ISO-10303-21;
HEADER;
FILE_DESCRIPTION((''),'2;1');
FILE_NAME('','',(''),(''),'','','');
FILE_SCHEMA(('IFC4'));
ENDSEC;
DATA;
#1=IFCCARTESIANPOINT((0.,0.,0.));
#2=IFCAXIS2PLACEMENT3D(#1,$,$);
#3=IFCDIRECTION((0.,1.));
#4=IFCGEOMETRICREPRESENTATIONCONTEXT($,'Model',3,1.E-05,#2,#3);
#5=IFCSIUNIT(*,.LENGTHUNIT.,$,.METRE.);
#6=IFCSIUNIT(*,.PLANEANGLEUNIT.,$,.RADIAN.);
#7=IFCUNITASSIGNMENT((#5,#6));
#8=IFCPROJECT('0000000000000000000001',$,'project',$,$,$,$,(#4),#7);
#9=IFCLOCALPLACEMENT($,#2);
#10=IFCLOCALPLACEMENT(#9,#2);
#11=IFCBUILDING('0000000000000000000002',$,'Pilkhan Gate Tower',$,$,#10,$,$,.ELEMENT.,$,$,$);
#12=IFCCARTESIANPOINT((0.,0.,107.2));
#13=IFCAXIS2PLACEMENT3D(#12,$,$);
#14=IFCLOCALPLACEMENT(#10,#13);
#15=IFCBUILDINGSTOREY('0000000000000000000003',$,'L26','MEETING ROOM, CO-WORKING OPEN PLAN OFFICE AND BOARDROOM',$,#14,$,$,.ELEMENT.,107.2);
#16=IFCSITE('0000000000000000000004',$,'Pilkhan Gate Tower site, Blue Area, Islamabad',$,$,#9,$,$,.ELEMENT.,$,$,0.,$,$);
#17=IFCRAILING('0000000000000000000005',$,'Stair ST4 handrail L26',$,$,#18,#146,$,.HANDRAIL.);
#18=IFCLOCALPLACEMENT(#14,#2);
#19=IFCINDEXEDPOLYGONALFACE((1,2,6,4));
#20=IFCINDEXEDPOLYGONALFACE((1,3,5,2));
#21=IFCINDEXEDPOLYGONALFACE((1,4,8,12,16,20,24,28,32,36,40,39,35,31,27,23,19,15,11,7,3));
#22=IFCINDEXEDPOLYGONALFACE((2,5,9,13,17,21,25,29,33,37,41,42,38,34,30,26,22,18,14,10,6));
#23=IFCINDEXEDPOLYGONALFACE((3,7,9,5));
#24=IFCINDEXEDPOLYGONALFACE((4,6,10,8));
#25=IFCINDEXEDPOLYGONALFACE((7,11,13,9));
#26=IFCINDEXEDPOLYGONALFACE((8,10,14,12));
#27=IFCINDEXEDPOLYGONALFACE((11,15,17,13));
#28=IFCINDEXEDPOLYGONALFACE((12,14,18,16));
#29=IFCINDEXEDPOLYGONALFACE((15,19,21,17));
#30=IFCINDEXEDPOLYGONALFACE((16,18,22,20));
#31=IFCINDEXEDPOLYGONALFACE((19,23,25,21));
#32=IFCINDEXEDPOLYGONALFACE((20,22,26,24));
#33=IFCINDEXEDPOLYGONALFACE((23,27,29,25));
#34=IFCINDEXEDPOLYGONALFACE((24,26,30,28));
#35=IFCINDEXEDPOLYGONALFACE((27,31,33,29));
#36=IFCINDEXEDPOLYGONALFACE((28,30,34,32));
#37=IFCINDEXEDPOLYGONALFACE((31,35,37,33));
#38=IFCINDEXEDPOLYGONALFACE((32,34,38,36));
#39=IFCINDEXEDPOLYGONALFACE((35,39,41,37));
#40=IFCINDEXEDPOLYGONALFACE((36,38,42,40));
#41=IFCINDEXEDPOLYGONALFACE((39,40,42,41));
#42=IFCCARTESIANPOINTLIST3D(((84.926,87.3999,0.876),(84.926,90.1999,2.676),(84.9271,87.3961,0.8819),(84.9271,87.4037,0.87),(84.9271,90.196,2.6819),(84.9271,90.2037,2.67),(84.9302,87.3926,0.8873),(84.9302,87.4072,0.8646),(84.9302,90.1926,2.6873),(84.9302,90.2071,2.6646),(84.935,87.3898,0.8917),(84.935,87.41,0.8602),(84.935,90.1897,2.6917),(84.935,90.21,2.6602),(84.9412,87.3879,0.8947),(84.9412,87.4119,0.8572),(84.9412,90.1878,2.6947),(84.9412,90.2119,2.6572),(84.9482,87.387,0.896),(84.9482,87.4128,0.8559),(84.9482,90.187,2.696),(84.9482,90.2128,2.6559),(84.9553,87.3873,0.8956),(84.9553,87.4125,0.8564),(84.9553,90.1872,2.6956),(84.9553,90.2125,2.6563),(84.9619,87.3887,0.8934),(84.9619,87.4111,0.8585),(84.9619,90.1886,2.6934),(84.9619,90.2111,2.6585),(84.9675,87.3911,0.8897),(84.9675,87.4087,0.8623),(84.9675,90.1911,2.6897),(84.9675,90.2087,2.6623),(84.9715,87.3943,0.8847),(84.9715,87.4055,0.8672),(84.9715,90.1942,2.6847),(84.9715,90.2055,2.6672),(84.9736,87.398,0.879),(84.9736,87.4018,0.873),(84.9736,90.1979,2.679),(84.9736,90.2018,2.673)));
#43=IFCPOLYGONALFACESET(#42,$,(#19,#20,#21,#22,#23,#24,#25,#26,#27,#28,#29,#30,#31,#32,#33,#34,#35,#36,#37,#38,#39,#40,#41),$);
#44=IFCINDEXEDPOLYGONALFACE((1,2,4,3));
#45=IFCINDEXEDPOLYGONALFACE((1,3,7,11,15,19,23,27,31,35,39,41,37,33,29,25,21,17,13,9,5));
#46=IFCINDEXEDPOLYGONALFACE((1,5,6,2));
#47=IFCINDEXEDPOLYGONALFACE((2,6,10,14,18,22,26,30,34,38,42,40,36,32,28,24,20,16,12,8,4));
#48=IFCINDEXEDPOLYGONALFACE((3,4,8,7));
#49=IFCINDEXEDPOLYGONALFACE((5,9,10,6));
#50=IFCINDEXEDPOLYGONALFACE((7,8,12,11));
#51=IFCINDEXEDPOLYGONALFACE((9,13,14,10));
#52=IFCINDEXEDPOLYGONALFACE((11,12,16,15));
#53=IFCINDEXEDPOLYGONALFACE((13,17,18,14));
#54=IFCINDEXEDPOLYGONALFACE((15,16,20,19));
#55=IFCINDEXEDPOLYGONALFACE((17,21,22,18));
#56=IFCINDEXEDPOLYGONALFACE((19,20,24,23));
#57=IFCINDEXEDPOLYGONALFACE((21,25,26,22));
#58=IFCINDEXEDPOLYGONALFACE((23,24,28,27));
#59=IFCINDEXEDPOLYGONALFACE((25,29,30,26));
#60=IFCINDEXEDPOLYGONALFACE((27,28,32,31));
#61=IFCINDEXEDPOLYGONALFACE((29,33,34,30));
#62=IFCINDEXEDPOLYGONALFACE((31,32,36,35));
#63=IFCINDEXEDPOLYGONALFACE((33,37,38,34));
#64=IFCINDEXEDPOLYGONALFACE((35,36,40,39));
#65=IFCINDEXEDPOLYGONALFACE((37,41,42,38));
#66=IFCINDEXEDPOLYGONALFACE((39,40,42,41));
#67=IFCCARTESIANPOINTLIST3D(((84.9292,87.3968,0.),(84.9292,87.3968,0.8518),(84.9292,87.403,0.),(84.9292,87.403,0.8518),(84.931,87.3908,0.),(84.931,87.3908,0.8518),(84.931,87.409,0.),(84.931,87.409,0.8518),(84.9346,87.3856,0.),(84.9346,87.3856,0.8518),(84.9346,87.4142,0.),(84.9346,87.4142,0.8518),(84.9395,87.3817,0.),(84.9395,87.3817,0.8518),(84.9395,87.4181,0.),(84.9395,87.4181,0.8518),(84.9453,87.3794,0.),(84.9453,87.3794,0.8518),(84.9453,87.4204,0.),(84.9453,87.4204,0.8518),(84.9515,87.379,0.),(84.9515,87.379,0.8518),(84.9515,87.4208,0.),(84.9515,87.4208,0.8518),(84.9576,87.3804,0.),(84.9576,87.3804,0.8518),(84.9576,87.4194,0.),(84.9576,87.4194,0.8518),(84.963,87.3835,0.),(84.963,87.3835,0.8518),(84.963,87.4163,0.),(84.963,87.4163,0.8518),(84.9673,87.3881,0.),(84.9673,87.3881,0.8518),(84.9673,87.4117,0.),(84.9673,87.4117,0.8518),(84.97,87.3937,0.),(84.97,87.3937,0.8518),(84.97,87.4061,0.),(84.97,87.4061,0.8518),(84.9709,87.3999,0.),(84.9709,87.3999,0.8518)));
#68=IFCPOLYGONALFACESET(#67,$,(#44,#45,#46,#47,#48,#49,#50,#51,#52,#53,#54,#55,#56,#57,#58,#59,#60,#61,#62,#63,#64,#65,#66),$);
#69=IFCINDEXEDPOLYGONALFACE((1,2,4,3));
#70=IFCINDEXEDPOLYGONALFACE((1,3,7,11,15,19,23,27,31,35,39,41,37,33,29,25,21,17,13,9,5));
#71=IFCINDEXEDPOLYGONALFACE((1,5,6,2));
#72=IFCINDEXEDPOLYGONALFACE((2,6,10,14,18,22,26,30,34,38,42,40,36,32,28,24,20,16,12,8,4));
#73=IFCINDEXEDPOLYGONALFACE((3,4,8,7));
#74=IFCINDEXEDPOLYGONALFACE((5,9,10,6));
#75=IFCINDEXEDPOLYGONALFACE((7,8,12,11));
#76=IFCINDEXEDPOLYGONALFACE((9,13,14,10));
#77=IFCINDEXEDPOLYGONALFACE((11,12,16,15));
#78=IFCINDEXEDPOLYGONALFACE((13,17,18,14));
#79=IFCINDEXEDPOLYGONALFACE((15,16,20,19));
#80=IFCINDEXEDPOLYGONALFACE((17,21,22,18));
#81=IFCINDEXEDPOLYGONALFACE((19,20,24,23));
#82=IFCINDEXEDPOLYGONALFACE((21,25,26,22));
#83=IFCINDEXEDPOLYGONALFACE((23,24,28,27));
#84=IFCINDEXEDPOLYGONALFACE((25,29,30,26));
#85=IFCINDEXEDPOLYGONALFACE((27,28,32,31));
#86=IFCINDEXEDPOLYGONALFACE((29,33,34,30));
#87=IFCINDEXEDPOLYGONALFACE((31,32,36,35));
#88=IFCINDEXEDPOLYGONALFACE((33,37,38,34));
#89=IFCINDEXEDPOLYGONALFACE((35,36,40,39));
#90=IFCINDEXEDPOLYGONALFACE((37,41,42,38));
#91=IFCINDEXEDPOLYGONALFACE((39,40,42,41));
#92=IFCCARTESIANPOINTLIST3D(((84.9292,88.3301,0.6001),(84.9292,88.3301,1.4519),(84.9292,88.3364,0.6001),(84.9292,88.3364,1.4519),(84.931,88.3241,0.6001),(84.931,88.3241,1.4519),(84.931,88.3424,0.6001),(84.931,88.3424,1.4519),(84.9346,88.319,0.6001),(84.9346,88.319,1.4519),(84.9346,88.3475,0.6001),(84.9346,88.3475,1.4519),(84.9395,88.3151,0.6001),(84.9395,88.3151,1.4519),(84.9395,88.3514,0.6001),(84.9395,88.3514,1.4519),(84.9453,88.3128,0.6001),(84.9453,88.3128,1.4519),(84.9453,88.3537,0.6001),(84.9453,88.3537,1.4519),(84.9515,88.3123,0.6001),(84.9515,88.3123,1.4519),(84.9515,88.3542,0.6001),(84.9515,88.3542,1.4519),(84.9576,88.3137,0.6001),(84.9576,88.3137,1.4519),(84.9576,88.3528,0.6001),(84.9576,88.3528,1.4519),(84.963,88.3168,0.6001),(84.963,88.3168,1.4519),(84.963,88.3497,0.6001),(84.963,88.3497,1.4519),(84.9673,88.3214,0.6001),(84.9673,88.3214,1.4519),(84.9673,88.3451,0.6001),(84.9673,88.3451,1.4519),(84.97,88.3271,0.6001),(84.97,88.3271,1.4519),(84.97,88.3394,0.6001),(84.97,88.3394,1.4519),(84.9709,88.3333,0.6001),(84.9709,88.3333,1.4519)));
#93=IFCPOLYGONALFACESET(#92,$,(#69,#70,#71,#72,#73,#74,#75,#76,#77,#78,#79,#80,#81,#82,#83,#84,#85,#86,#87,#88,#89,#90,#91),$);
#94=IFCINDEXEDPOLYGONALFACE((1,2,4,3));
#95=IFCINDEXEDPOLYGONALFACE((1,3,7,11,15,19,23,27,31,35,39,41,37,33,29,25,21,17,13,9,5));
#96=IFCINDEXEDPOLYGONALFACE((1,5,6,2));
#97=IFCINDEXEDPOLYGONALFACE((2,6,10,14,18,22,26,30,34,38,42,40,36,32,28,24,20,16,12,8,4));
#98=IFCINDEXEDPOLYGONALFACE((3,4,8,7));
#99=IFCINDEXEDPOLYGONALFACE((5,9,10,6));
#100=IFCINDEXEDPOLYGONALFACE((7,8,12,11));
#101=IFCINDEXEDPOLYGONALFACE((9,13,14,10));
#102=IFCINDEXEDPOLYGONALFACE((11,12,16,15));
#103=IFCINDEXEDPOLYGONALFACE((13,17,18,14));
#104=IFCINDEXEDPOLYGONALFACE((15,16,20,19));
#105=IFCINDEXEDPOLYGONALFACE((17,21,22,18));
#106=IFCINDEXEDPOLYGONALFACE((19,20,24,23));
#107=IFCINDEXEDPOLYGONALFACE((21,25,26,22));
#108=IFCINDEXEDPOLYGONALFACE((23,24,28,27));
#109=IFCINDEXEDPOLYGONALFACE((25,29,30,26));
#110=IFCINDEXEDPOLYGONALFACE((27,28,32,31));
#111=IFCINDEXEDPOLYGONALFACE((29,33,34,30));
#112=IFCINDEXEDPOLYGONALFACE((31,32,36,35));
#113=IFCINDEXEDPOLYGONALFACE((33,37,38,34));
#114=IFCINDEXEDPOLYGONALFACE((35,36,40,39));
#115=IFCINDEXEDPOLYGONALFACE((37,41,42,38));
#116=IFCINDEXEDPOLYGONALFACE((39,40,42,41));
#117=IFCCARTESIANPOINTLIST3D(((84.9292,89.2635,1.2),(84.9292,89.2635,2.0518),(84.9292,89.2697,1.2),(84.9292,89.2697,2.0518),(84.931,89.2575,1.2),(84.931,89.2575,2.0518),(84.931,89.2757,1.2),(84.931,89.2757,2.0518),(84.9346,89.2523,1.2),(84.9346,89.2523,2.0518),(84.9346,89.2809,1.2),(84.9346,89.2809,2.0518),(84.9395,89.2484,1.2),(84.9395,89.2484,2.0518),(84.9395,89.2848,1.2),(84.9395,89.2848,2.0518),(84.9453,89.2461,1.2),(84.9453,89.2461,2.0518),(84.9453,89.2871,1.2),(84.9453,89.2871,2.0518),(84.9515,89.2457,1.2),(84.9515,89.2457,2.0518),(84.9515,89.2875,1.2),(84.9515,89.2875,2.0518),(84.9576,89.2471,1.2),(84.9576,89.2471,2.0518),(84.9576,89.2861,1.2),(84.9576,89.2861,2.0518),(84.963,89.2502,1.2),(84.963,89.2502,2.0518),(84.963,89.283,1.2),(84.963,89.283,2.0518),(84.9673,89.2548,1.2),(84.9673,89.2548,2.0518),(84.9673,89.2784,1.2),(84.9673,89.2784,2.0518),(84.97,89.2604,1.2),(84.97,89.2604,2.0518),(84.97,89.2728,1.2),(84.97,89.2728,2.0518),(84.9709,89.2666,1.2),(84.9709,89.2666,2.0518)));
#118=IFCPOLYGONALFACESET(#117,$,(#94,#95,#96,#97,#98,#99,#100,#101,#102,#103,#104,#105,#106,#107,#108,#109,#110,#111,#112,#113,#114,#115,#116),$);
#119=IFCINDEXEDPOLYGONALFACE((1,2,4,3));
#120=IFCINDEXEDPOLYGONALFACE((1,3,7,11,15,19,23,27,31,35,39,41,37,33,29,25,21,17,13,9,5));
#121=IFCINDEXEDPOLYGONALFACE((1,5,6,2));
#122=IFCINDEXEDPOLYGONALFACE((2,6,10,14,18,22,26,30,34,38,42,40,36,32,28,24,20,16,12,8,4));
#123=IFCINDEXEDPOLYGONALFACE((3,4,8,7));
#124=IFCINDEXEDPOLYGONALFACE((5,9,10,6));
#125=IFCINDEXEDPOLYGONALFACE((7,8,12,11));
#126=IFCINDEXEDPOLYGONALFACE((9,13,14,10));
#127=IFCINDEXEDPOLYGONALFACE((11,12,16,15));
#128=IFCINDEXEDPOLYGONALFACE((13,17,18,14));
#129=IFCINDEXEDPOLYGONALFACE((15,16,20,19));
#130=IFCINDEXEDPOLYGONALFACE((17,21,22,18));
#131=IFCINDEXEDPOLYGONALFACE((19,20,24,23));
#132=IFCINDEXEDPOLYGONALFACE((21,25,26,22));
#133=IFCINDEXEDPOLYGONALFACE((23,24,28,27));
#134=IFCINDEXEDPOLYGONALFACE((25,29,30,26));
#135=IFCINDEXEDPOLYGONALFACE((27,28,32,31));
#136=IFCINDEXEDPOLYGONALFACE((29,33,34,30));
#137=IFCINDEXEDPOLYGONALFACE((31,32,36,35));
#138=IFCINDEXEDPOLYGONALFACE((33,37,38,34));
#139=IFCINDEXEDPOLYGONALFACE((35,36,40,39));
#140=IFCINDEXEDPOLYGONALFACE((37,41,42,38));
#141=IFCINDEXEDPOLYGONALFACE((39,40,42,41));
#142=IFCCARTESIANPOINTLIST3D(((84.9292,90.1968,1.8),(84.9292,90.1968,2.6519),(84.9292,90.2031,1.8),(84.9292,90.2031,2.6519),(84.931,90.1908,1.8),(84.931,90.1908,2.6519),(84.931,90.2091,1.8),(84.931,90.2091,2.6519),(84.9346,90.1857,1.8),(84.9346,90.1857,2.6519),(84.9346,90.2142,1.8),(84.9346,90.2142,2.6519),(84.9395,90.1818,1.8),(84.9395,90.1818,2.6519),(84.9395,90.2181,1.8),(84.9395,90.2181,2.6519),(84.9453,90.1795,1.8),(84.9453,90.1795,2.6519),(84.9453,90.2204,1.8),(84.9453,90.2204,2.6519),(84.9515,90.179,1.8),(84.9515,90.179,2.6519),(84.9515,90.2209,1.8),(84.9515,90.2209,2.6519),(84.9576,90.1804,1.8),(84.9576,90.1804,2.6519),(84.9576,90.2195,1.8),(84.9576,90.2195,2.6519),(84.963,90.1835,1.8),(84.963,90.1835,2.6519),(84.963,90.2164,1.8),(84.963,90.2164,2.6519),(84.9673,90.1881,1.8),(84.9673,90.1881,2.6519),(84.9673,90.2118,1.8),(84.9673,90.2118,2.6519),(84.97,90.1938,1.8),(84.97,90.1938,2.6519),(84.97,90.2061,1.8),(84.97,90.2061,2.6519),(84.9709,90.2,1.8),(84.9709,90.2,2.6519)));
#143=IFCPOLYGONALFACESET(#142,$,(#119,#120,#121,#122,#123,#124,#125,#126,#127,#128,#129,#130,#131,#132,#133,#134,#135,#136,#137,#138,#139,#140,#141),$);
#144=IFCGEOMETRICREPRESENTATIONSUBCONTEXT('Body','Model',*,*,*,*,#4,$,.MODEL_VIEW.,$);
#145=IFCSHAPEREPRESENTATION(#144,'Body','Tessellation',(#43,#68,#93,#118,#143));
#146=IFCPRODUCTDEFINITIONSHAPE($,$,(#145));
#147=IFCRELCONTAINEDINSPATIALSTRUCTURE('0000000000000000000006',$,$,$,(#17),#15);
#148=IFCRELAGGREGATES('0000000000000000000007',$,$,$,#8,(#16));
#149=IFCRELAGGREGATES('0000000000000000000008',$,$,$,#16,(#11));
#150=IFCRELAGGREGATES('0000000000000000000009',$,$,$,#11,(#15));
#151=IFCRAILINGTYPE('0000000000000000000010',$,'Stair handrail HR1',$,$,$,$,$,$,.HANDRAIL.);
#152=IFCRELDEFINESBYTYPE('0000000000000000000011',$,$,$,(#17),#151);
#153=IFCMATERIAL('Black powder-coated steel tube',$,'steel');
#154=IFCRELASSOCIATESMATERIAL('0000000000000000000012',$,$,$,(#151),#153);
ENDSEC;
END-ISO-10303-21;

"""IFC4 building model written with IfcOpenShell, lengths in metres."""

from ifc_helpers import new_model, si_unit, direction, frame, origin, origin_2d, place, context, subcontext, project, spatial, circle, extrude, material, type_object, element, save


model = new_model("IFC4")

# Units and contexts
model_context = context("Model", 3, precision=1e-05, world=origin(), true_north=direction((0.0, 1.0)))
body_context = subcontext(model_context, "Body", "Model", "MODEL_VIEW")
ifc_project = project(units=[si_unit("LENGTHUNIT", "METRE"), si_unit("PLANEANGLEUNIT", "RADIAN")], contexts=[model_context])

# Site, building, storey
site_placement = place(None, origin())
site = spatial("IfcSite", under=ifc_project, at=site_placement, Name="Pilkhan Gate Tower site, Blue Area, Islamabad", CompositionType="ELEMENT", RefElevation=0.0)
building_placement = place(site_placement, origin())
building = spatial("IfcBuilding", under=site, at=building_placement, Name="Pilkhan Gate Tower", CompositionType="ELEMENT")
storey_placement = place(building_placement, frame((0.0, 0.0, 107.2)))
storey = spatial("IfcBuildingStorey", under=building, at=storey_placement, Name="L26", Description="MEETING ROOM, CO-WORKING OPEN PLAN OFFICE AND BOARDROOM", CompositionType="ELEMENT", Elevation=107.2)

# Railing
ifc_material_1 = material(Name="Black powder-coated steel tube", Category="steel")
railing_type_1 = type_object("IfcRailingType", Name="Stair handrail HR1", PredefinedType="HANDRAIL", material=ifc_material_1)
railing_placement = place(storey_placement, frame((84.95, 87.3999, 0.0)))
element("IfcRailing", 1, at=railing_placement, inside=storey, type_object=railing_type_1, Name="Stair ST4 handrail L26", PredefinedType="HANDRAIL", context=body_context, shape_type="SweptSolid", body=[
    extrude(circle(Radius=0.0239, at=origin_2d()), frame((0.0, 0.0, 0.876), z_axis=(0.0, 0.841176, 0.540761), x_axis=(-1.0, 0.0, 0.0)), (0.0, 0.0, 1.0), 3.3286),
    extrude(circle(Radius=0.021, at=origin_2d()), origin(), (0.0, 0.0, 1.0), 0.8518),
    extrude(circle(Radius=0.021, at=origin_2d()), frame((0.0, 0.9333, 0.6001)), (0.0, 0.0, 1.0), 0.8518),
    extrude(circle(Radius=0.021, at=origin_2d()), frame((0.0, 1.8667, 1.2)), (0.0, 0.0, 1.0), 0.8518),
    extrude(circle(Radius=0.021, at=origin_2d()), frame((0.0, 2.8, 1.8)), (0.0, 0.0, 1.0), 0.8518),
])

save(model, "model.ifc")
